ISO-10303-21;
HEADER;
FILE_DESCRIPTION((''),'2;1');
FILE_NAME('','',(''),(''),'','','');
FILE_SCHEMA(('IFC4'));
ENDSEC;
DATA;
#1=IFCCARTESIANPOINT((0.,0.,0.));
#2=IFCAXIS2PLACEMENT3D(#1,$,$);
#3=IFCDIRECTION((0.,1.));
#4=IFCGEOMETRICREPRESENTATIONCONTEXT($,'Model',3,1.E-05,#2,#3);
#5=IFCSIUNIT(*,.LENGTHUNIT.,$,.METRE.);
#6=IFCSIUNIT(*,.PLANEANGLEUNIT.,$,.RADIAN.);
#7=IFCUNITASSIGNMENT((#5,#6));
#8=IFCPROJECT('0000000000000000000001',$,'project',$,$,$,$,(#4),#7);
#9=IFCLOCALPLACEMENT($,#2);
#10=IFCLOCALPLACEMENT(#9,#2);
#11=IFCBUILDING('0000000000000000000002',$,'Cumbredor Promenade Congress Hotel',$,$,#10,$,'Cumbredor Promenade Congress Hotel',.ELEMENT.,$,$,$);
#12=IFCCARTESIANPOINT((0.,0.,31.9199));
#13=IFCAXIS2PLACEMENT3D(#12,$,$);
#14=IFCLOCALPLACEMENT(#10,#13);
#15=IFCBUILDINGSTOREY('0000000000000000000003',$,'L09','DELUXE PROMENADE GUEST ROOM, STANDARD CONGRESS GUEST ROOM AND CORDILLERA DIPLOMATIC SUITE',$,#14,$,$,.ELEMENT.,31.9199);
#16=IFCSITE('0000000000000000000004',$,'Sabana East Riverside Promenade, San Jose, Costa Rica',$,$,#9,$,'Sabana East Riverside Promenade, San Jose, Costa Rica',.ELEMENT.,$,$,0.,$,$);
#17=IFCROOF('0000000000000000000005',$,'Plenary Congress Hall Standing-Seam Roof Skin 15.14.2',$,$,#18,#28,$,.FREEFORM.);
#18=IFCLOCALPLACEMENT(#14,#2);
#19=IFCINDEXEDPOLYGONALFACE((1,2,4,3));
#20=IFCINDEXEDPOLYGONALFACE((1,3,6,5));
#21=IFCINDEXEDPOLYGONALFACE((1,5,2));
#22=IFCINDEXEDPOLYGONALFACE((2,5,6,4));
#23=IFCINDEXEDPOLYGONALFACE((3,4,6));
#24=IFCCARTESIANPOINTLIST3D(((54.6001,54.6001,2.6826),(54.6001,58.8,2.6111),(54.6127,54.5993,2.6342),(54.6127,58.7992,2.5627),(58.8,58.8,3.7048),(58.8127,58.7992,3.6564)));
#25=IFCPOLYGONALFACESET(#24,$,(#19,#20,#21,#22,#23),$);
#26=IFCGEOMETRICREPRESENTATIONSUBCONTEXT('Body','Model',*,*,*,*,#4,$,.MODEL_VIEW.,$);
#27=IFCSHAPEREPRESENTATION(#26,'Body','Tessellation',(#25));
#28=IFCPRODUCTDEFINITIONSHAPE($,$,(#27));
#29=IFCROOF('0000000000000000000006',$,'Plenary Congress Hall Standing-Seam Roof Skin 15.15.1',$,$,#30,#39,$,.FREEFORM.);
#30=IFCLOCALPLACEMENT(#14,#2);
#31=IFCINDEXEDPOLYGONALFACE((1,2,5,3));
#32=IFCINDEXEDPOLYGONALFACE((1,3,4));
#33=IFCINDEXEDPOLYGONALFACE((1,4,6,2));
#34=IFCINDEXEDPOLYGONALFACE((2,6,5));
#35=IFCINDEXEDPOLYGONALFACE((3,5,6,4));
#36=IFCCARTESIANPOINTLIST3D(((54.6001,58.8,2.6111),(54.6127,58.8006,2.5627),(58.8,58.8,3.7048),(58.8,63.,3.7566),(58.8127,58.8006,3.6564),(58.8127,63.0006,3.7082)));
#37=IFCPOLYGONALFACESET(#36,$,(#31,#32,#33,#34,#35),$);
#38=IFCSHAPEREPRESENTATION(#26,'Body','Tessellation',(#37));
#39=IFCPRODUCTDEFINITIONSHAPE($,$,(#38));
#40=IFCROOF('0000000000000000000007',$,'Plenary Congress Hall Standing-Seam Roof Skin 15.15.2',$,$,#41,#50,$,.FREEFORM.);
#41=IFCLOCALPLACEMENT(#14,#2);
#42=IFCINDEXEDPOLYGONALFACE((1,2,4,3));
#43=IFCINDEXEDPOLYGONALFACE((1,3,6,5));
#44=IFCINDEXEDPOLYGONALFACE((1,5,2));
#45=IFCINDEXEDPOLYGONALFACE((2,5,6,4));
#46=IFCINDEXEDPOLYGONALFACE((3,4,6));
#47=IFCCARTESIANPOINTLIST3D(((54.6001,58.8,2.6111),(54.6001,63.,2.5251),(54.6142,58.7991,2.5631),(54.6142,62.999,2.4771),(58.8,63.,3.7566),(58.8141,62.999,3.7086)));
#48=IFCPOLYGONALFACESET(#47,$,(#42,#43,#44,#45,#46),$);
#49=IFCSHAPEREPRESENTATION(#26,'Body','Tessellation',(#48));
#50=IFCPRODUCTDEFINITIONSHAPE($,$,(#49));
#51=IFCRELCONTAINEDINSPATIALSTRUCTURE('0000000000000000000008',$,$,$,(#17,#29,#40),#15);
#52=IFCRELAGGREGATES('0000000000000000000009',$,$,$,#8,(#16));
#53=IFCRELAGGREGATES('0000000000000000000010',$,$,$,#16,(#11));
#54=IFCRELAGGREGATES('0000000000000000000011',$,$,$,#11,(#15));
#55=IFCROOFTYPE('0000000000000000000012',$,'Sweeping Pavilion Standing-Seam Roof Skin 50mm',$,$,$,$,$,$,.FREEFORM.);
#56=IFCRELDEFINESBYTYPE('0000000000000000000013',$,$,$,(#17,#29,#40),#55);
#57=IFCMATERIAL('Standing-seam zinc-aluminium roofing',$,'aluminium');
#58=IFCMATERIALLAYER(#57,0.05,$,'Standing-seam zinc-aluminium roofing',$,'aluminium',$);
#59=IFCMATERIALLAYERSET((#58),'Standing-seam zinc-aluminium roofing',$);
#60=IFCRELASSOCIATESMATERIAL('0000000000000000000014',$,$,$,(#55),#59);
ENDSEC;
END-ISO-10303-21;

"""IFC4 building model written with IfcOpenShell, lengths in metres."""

from ifc_helpers import new_model, si_unit, direction, frame, origin, place, context, subcontext, project, spatial, polyline, outline, extrude, material, layer, layer_set, type_object, element, save


model = new_model("IFC4")

# Units and contexts
model_context = context("Model", 3, precision=1e-05, world=origin(), true_north=direction((0.0, 1.0)))
body_context = subcontext(model_context, "Body", "Model", "MODEL_VIEW")
ifc_project = project(units=[si_unit("LENGTHUNIT", "METRE"), si_unit("PLANEANGLEUNIT", "RADIAN")], contexts=[model_context])

# Site, building, storey
site_placement = place(None, origin())
site = spatial("IfcSite", under=ifc_project, at=site_placement, Name="Sabana East Riverside Promenade, San Jose, Costa Rica", LongName="Sabana East Riverside Promenade, San Jose, Costa Rica", CompositionType="ELEMENT", RefElevation=0.0)
building_placement = place(site_placement, origin())
building = spatial("IfcBuilding", under=site, at=building_placement, Name="Cumbredor Promenade Congress Hotel", LongName="Cumbredor Promenade Congress Hotel", CompositionType="ELEMENT")
storey_placement = place(building_placement, frame((0.0, 0.0, 31.9199)))
storey = spatial("IfcBuildingStorey", under=building, at=storey_placement, Name="L09", Description="DELUXE PROMENADE GUEST ROOM, STANDARD CONGRESS GUEST ROOM AND CORDILLERA DIPLOMATIC SUITE", CompositionType="ELEMENT", Elevation=31.9199)

# Roofs
ifc_material_1 = material(Name="Standing-seam zinc-aluminium roofing", Category="aluminium")
ifc_layer_1 = layer(ifc_material_1, 0.05, Name="Standing-seam zinc-aluminium roofing", Category="aluminium")
ifc_layer_set_1 = layer_set([ifc_layer_1], Name="Standing-seam zinc-aluminium roofing")
roof_type = type_object("IfcRoofType", Name="Sweeping Pavilion Standing-Seam Roof Skin 50mm", PredefinedType="FREEFORM", material=ifc_layer_set_1)
roof_1_placement = place(storey_placement, frame((54.6001, 54.6001, 2.6826), z_axis=(-0.25198, 0.01648, 0.967592), x_axis=(0.696862, 0.696862, 0.169608)))
element("IfcRoof", 1, at=roof_1_placement, inside=storey, type_object=roof_type, Name="Plenary Congress Hall Standing-Seam Roof Skin 15.14.2", PredefinedType="FREEFORM", context=body_context, shape_type="SweptSolid", body=[
    extrude(outline(polyline([(0.0, 0.0), (6.0269, 0.0), (2.9147, 3.0248), (0.0, 0.0)])), origin(), (0.0, 0.0, -1.0), 0.05),
])
roof_2_placement = place(storey_placement, frame((54.6001, 58.8, 2.6111), z_axis=(-0.251996, -0.011925, 0.967655), x_axis=(0.967724, 0.0, 0.252014)))
element("IfcRoof", 2, at=roof_2_placement, inside=storey, type_object=roof_type, Name="Plenary Congress Hall Standing-Seam Roof Skin 15.15.1", PredefinedType="FREEFORM", context=body_context, shape_type="SweptSolid", body=[
    extrude(outline(polyline([(0.0, 0.0), (4.34, 0.0), (4.3531, 4.2002), (0.0, 0.0)])), origin(), (0.0, 0.0, -1.0), 0.05),
])
roof_3_placement = place(storey_placement, frame((54.6001, 58.8, 2.6111), z_axis=(-0.281306, 0.019631, 0.959417), x_axis=(0.694312, 0.694312, 0.189369)))
element("IfcRoof", 3, at=roof_3_placement, inside=storey, type_object=roof_type, Name="Plenary Congress Hall Standing-Seam Roof Skin 15.15.2", PredefinedType="FREEFORM", context=body_context, shape_type="SweptSolid", body=[
    extrude(outline(polyline([(0.0, 0.0), (6.0491, 0.0), (2.8998, 3.0394), (0.0, 0.0)])), origin(), (0.0, 0.0, -1.0), 0.05),
])

save(model, "model.ifc")
